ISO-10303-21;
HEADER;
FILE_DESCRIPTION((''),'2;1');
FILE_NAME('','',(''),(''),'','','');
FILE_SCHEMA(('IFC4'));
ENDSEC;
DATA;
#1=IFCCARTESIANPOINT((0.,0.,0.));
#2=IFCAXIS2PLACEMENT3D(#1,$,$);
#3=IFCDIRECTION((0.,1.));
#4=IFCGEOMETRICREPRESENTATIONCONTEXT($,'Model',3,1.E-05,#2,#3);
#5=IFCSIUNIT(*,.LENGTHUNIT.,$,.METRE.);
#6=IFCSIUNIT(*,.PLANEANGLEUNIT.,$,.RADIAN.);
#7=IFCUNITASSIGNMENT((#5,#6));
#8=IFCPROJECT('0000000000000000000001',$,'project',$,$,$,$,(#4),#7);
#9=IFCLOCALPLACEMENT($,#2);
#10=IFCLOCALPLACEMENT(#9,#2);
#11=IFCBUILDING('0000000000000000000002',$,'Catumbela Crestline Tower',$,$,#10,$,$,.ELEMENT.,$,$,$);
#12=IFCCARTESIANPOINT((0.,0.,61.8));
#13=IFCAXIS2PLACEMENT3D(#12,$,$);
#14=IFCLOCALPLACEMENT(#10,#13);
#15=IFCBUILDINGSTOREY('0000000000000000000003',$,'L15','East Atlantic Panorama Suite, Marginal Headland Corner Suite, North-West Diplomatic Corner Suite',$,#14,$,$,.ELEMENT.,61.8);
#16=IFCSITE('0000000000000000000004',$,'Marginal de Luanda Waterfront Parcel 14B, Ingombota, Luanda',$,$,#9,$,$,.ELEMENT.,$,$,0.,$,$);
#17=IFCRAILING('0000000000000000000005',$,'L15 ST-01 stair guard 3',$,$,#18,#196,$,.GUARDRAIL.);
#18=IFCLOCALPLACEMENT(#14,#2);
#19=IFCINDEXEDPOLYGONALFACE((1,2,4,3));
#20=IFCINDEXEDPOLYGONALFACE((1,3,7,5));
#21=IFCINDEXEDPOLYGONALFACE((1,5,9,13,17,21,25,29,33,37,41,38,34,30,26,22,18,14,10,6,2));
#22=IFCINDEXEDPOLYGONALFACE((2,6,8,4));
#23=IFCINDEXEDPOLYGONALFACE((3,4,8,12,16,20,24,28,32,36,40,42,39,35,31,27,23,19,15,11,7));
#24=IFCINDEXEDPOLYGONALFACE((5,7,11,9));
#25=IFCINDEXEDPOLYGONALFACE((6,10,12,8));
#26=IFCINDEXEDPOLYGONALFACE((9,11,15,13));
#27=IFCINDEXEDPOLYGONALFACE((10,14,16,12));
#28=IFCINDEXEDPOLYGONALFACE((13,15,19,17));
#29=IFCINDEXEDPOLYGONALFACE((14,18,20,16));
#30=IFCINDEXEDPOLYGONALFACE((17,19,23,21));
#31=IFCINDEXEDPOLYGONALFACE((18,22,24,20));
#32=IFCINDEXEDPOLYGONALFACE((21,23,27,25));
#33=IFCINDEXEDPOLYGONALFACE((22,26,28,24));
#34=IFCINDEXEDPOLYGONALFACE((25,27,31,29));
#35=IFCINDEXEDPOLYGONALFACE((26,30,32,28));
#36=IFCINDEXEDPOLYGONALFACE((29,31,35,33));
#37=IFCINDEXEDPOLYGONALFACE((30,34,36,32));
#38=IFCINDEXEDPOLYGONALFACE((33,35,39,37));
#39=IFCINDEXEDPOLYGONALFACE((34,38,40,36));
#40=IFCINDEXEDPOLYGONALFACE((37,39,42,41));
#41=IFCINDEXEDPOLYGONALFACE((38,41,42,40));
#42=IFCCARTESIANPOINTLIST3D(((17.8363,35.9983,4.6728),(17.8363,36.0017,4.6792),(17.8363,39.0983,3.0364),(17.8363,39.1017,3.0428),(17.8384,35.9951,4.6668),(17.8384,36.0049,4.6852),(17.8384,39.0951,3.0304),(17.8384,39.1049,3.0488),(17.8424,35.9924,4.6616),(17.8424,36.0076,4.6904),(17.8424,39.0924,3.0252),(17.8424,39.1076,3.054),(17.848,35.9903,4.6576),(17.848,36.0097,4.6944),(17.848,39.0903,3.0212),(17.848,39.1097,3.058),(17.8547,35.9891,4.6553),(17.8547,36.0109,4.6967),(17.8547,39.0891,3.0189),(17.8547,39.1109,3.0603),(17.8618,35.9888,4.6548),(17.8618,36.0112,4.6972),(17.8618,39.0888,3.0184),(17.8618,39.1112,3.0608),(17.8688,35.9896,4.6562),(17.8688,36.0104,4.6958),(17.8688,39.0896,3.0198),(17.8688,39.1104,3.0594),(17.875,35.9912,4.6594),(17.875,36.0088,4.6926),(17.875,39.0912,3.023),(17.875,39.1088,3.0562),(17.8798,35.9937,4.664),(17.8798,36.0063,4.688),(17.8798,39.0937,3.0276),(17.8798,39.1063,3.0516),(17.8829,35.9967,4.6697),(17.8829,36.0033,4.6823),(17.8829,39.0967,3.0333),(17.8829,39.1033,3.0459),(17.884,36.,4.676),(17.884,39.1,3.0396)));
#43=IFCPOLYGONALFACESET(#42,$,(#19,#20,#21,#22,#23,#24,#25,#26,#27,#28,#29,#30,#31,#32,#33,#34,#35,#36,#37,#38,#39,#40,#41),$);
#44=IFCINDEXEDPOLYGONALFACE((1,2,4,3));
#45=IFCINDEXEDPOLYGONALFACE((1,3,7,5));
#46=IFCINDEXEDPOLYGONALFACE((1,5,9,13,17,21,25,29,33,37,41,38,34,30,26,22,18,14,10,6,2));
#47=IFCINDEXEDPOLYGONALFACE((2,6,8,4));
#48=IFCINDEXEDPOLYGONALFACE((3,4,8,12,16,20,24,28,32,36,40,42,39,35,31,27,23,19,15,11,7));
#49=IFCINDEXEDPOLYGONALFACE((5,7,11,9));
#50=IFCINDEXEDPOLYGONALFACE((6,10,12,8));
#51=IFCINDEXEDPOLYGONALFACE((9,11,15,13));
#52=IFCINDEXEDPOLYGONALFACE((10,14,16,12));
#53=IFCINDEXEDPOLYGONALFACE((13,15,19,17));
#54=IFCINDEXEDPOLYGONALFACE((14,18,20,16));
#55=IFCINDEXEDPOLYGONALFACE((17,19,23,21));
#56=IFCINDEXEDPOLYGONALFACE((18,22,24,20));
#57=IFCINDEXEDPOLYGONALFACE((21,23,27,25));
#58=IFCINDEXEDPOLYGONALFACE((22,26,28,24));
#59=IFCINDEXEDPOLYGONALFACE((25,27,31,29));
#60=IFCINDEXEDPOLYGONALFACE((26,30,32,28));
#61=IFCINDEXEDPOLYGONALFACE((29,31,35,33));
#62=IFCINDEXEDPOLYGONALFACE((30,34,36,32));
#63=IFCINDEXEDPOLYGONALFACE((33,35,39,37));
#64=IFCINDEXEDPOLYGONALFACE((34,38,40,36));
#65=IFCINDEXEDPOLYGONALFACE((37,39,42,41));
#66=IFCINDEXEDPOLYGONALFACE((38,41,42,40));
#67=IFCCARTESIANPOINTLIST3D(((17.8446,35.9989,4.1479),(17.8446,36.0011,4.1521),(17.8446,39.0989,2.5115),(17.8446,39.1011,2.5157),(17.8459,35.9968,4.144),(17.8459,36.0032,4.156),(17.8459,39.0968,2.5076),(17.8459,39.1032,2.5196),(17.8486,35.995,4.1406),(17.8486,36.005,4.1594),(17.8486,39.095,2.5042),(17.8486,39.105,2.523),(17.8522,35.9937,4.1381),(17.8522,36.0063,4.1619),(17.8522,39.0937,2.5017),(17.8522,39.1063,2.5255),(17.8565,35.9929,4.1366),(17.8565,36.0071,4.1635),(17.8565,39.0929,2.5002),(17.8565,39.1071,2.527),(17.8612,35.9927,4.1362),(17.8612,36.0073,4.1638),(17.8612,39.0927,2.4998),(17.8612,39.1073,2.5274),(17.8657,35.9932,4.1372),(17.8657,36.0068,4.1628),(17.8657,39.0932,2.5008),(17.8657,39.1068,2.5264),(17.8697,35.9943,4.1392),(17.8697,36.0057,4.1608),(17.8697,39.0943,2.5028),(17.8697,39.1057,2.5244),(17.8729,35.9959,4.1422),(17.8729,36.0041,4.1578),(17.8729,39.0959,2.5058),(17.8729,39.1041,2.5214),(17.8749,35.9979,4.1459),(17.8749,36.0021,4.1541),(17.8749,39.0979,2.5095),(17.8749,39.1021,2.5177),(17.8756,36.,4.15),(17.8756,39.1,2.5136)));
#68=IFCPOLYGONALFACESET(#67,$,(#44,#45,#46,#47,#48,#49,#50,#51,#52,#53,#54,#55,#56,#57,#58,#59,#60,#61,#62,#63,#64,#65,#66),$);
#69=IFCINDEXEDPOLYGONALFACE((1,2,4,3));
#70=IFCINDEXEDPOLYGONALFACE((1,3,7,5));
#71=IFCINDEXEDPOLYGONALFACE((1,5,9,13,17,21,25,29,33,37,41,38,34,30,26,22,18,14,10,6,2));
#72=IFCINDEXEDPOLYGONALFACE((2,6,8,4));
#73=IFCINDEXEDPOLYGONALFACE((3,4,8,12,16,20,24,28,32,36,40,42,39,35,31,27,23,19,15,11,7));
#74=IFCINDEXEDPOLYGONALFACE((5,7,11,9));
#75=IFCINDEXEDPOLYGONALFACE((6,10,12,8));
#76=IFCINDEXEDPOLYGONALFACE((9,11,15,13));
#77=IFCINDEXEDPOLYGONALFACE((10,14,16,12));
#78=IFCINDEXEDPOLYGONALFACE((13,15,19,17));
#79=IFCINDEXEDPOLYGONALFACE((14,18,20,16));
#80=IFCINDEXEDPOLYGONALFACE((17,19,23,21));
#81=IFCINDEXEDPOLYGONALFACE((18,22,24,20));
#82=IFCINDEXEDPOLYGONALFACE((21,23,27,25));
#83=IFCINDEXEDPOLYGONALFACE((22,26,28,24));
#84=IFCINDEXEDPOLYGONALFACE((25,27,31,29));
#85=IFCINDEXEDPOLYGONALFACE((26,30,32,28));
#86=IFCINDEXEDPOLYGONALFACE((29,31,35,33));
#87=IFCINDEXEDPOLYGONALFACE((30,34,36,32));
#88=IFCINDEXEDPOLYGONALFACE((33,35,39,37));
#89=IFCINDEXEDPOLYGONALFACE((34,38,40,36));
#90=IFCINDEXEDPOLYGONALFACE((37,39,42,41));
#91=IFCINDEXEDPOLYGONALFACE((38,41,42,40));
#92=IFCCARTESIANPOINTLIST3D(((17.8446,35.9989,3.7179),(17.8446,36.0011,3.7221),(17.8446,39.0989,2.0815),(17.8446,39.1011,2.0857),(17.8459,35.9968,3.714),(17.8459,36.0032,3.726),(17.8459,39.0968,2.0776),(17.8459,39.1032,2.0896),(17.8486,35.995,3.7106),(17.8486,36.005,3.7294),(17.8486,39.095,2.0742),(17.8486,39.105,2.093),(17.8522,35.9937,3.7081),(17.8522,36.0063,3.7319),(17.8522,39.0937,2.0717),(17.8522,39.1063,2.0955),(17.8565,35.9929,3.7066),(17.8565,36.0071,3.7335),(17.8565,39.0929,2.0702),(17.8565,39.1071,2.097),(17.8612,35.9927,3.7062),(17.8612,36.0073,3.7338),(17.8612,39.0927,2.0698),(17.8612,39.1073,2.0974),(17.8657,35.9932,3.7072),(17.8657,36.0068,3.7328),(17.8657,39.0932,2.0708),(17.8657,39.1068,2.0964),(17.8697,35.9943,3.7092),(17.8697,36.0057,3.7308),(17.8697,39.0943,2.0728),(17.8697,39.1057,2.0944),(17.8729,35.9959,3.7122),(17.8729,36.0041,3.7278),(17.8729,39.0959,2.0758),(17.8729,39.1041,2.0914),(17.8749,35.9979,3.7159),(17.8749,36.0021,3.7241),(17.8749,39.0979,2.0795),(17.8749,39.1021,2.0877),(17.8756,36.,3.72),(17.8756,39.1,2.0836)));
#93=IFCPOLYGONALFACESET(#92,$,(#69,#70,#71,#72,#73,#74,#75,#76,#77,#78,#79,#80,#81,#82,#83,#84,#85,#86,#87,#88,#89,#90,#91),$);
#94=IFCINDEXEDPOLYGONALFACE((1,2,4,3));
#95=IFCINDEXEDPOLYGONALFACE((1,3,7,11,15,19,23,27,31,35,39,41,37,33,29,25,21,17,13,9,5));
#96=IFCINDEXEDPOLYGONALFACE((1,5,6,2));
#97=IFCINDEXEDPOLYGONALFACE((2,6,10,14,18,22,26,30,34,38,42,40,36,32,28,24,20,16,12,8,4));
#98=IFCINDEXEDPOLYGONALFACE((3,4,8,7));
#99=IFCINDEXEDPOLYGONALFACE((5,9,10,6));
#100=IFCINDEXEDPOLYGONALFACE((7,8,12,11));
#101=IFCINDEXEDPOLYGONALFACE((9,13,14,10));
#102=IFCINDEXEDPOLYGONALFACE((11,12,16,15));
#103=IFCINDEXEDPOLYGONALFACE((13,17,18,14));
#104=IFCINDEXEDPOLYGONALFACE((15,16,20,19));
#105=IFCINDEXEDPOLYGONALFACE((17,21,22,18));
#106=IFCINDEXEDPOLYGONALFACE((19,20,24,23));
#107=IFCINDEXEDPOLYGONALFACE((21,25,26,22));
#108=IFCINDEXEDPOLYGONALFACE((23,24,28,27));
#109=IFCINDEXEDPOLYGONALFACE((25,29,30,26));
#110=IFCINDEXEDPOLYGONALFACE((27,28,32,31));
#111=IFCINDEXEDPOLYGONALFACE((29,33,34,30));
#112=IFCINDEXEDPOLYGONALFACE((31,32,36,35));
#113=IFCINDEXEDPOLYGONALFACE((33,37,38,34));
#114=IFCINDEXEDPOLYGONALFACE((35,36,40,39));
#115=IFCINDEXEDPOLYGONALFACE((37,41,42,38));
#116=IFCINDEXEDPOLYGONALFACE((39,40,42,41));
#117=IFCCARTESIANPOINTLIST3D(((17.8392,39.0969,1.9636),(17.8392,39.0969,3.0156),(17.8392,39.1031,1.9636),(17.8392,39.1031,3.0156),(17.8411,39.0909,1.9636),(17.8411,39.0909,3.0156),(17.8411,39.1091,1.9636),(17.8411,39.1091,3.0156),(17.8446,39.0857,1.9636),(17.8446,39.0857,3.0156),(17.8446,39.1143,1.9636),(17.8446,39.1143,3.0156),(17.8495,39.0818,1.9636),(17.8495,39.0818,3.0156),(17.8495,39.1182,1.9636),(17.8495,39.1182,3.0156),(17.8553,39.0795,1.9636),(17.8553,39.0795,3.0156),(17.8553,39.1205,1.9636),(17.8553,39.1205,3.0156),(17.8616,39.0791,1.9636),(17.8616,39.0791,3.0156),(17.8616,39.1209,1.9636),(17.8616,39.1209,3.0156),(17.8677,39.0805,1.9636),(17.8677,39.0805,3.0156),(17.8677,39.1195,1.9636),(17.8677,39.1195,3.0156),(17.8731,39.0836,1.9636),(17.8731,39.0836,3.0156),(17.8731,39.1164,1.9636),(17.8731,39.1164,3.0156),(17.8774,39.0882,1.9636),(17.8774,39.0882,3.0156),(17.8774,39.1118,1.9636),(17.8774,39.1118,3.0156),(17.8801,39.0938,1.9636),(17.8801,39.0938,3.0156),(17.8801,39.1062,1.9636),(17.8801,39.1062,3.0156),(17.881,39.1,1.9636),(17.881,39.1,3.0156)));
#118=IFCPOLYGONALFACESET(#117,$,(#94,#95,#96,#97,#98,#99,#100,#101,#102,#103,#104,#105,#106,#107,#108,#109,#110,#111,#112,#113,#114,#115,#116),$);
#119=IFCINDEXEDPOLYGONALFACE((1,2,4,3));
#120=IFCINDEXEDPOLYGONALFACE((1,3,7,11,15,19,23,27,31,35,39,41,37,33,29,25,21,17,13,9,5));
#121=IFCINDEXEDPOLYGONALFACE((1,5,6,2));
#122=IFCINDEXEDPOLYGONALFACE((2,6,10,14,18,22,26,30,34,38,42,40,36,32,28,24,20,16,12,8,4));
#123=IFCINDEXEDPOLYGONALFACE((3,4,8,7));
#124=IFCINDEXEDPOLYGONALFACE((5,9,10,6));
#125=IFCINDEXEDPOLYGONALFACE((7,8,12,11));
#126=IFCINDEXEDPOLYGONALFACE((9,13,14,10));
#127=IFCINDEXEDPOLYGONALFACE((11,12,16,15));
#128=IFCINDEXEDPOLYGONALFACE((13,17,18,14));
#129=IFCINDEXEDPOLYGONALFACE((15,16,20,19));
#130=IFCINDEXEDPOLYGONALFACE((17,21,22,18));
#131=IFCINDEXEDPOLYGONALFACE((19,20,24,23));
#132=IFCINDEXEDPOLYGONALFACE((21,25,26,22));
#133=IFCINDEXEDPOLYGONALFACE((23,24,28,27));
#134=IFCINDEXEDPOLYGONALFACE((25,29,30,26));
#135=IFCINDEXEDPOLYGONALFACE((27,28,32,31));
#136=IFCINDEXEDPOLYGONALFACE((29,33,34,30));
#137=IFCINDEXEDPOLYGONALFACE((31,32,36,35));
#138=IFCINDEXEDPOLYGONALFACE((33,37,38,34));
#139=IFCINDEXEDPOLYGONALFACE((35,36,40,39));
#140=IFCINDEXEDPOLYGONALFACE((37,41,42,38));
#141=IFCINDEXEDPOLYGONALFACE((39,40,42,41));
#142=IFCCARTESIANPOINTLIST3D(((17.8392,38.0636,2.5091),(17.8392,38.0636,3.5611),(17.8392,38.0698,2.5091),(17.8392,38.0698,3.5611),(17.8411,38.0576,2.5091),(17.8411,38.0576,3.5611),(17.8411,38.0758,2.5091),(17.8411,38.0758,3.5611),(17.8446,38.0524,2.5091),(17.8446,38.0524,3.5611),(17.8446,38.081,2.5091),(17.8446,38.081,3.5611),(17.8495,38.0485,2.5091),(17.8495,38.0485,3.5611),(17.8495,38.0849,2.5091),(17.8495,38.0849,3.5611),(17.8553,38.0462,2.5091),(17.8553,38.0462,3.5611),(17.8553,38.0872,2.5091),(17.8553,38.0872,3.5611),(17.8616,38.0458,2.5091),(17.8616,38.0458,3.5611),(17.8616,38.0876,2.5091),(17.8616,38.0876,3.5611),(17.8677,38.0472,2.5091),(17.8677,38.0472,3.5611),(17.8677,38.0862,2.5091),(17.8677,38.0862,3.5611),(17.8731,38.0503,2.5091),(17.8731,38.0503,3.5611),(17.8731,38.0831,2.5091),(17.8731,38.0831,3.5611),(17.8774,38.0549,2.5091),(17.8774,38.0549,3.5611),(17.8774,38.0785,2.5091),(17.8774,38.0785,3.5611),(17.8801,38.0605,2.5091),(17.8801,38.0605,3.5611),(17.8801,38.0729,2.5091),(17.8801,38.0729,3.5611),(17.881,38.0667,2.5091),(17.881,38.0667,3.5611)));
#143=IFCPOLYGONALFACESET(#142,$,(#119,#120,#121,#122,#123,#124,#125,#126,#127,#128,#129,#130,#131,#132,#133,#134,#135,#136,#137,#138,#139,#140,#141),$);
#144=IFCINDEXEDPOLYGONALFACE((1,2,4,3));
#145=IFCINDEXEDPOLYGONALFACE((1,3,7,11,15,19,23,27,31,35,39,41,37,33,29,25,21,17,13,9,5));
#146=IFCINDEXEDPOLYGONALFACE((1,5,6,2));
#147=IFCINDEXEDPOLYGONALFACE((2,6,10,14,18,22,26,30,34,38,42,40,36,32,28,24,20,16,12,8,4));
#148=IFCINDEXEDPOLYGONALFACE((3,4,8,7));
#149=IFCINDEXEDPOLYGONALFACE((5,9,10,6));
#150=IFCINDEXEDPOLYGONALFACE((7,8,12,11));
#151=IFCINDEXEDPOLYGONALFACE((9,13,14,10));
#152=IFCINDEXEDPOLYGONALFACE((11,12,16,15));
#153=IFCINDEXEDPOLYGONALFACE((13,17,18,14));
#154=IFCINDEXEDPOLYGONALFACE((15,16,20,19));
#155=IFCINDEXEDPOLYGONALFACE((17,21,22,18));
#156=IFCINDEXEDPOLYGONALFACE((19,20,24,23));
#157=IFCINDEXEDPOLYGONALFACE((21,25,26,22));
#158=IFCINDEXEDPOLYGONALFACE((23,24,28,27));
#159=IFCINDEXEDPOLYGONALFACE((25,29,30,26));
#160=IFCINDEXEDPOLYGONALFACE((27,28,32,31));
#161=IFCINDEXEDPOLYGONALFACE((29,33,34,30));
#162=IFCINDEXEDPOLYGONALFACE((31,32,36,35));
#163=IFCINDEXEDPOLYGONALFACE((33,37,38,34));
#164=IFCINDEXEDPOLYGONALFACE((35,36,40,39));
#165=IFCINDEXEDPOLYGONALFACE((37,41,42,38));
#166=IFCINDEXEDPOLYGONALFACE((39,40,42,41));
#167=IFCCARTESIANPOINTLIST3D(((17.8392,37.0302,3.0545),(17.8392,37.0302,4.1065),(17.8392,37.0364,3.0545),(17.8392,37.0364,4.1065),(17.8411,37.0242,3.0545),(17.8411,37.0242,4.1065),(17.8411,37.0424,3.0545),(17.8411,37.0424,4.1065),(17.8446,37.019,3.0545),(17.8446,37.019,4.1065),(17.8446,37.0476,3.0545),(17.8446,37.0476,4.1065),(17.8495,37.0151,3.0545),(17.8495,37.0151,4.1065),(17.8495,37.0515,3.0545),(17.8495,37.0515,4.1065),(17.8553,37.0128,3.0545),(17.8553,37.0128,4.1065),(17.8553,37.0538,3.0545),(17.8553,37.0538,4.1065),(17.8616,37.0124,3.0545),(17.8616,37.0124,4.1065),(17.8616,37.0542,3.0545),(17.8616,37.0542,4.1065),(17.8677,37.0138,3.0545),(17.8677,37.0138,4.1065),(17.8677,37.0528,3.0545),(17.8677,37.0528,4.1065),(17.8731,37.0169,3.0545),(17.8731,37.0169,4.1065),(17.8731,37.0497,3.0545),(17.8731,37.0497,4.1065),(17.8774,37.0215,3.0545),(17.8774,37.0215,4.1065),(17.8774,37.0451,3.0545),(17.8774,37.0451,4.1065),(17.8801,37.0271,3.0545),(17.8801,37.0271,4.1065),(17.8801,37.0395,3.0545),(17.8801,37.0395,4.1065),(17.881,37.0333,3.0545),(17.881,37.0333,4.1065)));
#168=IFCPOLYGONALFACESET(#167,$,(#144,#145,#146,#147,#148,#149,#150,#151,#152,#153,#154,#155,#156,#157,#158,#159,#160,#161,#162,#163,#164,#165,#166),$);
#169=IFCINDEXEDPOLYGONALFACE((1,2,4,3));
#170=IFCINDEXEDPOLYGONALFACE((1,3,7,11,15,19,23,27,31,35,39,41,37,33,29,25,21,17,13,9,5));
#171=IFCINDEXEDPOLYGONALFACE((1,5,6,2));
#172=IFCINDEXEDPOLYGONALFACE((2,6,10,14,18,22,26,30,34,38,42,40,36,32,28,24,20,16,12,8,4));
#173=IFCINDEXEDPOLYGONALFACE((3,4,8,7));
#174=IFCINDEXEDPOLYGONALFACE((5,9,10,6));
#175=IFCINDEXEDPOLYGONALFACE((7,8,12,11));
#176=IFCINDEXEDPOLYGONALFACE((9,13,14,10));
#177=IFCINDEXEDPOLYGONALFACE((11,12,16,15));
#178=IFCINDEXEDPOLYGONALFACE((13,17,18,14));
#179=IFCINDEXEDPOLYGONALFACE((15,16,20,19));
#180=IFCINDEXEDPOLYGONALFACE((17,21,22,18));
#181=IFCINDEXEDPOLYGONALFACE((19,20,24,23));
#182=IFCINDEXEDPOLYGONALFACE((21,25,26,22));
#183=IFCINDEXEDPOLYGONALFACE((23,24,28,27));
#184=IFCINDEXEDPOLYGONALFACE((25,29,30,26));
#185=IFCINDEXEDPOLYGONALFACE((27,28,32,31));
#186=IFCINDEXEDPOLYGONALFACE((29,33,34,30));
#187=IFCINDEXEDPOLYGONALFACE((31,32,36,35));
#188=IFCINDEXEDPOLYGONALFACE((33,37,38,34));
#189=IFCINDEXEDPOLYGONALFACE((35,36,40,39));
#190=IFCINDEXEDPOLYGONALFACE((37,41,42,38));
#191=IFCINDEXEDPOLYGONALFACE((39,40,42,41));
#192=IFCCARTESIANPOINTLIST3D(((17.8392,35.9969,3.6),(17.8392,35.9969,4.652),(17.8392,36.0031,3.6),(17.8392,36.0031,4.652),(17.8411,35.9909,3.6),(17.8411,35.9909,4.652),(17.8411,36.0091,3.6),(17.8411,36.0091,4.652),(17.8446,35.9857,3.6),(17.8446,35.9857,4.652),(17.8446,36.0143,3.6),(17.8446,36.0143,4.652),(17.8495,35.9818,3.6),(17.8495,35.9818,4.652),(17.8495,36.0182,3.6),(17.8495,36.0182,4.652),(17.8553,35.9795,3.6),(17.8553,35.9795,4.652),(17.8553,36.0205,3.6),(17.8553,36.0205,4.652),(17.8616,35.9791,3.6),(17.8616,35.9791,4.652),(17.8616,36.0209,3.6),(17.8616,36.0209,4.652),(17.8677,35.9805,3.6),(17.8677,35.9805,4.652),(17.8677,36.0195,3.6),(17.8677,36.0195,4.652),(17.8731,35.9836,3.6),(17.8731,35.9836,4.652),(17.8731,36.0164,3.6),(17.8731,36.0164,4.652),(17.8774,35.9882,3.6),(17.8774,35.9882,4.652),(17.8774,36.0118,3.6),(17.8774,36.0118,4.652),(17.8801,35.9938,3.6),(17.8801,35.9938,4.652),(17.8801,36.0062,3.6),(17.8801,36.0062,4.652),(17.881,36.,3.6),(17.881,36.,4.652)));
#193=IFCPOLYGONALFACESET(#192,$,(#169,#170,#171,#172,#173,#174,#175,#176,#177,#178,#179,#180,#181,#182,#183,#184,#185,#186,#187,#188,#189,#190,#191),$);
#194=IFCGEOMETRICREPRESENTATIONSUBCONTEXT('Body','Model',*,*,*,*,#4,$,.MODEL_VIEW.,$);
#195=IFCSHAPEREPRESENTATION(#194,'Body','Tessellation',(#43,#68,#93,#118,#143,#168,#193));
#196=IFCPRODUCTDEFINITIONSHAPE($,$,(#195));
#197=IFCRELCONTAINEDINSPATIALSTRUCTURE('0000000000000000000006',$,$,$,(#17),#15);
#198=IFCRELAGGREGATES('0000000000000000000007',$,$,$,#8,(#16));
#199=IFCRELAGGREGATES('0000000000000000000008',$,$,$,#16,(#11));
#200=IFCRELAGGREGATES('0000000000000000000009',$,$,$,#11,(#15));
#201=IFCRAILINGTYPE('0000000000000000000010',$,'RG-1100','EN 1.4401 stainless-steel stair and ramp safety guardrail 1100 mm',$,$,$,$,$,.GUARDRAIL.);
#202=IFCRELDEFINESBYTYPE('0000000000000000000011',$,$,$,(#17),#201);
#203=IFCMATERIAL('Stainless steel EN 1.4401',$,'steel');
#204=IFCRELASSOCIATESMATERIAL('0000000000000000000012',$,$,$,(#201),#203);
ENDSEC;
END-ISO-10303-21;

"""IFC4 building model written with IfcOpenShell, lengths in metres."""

from ifc_helpers import new_model, si_unit, direction, frame, origin, origin_2d, place, context, subcontext, project, spatial, circle, extrude, material, type_object, element, save


model = new_model("IFC4")

# Units and contexts
model_context = context("Model", 3, precision=1e-05, world=origin(), true_north=direction((0.0, 1.0)))
body_context = subcontext(model_context, "Body", "Model", "MODEL_VIEW")
ifc_project = project(units=[si_unit("LENGTHUNIT", "METRE"), si_unit("PLANEANGLEUNIT", "RADIAN")], contexts=[model_context])

# Site, building, storey
site_placement = place(None, origin())
site = spatial("IfcSite", under=ifc_project, at=site_placement, Name="Marginal de Luanda Waterfront Parcel 14B, Ingombota, Luanda", CompositionType="ELEMENT", RefElevation=0.0)
building_placement = place(site_placement, origin())
building = spatial("IfcBuilding", under=site, at=building_placement, Name="Catumbela Crestline Tower", CompositionType="ELEMENT")
storey_placement = place(building_placement, frame((0.0, 0.0, 61.8)))
storey = spatial("IfcBuildingStorey", under=building, at=storey_placement, Name="L15", Description="East Atlantic Panorama Suite, Marginal Headland Corner Suite, North-West Diplomatic Corner Suite", CompositionType="ELEMENT", Elevation=61.8)

# Railing
ifc_material_1 = material(Name="Stainless steel EN 1.4401", Category="steel")
railing_type_1 = type_object("IfcRailingType", Name="RG-1100", Description="EN 1.4401 stainless-steel stair and ramp safety guardrail 1100 mm", PredefinedType="GUARDRAIL", material=ifc_material_1)
railing_1_placement = place(storey_placement, frame((17.86, 39.1, 1.9636)))
element("IfcRailing", 1, at=railing_1_placement, inside=storey, type_object=railing_type_1, Name="L15 ST-01 stair guard 3", PredefinedType="GUARDRAIL", context=body_context, shape_type="SweptSolid", body=[
    extrude(circle(Radius=0.024, at=origin_2d()), frame((0.0, 0.0, 1.076), z_axis=(0.0, -0.884351, 0.466823), x_axis=(1.0, 0.0, 0.0)), (0.0, 0.0, 1.0), 3.5054),
    extrude(circle(Radius=0.0156, at=origin_2d()), frame((0.0, 0.0, 0.55), z_axis=(0.0, -0.884351, 0.466823), x_axis=(1.0, 0.0, 0.0)), (0.0, 0.0, 1.0), 3.5054),
    extrude(circle(Radius=0.0156, at=origin_2d()), frame((0.0, 0.0, 0.12), z_axis=(0.0, -0.884351, 0.466823), x_axis=(1.0, 0.0, 0.0)), (0.0, 0.0, 1.0), 3.5054),
    extrude(circle(Radius=0.021, at=origin_2d()), origin(), (0.0, 0.0, 1.0), 1.052),
    extrude(circle(Radius=0.021, at=origin_2d()), frame((0.0, -1.0333, 0.5455)), (0.0, 0.0, 1.0), 1.052),
    extrude(circle(Radius=0.021, at=origin_2d()), frame((0.0, -2.0667, 1.0909)), (0.0, 0.0, 1.0), 1.052),
    extrude(circle(Radius=0.021, at=origin_2d()), frame((0.0, -3.1, 1.6364)), (0.0, 0.0, 1.0), 1.052),
])

save(model, "model.ifc")
